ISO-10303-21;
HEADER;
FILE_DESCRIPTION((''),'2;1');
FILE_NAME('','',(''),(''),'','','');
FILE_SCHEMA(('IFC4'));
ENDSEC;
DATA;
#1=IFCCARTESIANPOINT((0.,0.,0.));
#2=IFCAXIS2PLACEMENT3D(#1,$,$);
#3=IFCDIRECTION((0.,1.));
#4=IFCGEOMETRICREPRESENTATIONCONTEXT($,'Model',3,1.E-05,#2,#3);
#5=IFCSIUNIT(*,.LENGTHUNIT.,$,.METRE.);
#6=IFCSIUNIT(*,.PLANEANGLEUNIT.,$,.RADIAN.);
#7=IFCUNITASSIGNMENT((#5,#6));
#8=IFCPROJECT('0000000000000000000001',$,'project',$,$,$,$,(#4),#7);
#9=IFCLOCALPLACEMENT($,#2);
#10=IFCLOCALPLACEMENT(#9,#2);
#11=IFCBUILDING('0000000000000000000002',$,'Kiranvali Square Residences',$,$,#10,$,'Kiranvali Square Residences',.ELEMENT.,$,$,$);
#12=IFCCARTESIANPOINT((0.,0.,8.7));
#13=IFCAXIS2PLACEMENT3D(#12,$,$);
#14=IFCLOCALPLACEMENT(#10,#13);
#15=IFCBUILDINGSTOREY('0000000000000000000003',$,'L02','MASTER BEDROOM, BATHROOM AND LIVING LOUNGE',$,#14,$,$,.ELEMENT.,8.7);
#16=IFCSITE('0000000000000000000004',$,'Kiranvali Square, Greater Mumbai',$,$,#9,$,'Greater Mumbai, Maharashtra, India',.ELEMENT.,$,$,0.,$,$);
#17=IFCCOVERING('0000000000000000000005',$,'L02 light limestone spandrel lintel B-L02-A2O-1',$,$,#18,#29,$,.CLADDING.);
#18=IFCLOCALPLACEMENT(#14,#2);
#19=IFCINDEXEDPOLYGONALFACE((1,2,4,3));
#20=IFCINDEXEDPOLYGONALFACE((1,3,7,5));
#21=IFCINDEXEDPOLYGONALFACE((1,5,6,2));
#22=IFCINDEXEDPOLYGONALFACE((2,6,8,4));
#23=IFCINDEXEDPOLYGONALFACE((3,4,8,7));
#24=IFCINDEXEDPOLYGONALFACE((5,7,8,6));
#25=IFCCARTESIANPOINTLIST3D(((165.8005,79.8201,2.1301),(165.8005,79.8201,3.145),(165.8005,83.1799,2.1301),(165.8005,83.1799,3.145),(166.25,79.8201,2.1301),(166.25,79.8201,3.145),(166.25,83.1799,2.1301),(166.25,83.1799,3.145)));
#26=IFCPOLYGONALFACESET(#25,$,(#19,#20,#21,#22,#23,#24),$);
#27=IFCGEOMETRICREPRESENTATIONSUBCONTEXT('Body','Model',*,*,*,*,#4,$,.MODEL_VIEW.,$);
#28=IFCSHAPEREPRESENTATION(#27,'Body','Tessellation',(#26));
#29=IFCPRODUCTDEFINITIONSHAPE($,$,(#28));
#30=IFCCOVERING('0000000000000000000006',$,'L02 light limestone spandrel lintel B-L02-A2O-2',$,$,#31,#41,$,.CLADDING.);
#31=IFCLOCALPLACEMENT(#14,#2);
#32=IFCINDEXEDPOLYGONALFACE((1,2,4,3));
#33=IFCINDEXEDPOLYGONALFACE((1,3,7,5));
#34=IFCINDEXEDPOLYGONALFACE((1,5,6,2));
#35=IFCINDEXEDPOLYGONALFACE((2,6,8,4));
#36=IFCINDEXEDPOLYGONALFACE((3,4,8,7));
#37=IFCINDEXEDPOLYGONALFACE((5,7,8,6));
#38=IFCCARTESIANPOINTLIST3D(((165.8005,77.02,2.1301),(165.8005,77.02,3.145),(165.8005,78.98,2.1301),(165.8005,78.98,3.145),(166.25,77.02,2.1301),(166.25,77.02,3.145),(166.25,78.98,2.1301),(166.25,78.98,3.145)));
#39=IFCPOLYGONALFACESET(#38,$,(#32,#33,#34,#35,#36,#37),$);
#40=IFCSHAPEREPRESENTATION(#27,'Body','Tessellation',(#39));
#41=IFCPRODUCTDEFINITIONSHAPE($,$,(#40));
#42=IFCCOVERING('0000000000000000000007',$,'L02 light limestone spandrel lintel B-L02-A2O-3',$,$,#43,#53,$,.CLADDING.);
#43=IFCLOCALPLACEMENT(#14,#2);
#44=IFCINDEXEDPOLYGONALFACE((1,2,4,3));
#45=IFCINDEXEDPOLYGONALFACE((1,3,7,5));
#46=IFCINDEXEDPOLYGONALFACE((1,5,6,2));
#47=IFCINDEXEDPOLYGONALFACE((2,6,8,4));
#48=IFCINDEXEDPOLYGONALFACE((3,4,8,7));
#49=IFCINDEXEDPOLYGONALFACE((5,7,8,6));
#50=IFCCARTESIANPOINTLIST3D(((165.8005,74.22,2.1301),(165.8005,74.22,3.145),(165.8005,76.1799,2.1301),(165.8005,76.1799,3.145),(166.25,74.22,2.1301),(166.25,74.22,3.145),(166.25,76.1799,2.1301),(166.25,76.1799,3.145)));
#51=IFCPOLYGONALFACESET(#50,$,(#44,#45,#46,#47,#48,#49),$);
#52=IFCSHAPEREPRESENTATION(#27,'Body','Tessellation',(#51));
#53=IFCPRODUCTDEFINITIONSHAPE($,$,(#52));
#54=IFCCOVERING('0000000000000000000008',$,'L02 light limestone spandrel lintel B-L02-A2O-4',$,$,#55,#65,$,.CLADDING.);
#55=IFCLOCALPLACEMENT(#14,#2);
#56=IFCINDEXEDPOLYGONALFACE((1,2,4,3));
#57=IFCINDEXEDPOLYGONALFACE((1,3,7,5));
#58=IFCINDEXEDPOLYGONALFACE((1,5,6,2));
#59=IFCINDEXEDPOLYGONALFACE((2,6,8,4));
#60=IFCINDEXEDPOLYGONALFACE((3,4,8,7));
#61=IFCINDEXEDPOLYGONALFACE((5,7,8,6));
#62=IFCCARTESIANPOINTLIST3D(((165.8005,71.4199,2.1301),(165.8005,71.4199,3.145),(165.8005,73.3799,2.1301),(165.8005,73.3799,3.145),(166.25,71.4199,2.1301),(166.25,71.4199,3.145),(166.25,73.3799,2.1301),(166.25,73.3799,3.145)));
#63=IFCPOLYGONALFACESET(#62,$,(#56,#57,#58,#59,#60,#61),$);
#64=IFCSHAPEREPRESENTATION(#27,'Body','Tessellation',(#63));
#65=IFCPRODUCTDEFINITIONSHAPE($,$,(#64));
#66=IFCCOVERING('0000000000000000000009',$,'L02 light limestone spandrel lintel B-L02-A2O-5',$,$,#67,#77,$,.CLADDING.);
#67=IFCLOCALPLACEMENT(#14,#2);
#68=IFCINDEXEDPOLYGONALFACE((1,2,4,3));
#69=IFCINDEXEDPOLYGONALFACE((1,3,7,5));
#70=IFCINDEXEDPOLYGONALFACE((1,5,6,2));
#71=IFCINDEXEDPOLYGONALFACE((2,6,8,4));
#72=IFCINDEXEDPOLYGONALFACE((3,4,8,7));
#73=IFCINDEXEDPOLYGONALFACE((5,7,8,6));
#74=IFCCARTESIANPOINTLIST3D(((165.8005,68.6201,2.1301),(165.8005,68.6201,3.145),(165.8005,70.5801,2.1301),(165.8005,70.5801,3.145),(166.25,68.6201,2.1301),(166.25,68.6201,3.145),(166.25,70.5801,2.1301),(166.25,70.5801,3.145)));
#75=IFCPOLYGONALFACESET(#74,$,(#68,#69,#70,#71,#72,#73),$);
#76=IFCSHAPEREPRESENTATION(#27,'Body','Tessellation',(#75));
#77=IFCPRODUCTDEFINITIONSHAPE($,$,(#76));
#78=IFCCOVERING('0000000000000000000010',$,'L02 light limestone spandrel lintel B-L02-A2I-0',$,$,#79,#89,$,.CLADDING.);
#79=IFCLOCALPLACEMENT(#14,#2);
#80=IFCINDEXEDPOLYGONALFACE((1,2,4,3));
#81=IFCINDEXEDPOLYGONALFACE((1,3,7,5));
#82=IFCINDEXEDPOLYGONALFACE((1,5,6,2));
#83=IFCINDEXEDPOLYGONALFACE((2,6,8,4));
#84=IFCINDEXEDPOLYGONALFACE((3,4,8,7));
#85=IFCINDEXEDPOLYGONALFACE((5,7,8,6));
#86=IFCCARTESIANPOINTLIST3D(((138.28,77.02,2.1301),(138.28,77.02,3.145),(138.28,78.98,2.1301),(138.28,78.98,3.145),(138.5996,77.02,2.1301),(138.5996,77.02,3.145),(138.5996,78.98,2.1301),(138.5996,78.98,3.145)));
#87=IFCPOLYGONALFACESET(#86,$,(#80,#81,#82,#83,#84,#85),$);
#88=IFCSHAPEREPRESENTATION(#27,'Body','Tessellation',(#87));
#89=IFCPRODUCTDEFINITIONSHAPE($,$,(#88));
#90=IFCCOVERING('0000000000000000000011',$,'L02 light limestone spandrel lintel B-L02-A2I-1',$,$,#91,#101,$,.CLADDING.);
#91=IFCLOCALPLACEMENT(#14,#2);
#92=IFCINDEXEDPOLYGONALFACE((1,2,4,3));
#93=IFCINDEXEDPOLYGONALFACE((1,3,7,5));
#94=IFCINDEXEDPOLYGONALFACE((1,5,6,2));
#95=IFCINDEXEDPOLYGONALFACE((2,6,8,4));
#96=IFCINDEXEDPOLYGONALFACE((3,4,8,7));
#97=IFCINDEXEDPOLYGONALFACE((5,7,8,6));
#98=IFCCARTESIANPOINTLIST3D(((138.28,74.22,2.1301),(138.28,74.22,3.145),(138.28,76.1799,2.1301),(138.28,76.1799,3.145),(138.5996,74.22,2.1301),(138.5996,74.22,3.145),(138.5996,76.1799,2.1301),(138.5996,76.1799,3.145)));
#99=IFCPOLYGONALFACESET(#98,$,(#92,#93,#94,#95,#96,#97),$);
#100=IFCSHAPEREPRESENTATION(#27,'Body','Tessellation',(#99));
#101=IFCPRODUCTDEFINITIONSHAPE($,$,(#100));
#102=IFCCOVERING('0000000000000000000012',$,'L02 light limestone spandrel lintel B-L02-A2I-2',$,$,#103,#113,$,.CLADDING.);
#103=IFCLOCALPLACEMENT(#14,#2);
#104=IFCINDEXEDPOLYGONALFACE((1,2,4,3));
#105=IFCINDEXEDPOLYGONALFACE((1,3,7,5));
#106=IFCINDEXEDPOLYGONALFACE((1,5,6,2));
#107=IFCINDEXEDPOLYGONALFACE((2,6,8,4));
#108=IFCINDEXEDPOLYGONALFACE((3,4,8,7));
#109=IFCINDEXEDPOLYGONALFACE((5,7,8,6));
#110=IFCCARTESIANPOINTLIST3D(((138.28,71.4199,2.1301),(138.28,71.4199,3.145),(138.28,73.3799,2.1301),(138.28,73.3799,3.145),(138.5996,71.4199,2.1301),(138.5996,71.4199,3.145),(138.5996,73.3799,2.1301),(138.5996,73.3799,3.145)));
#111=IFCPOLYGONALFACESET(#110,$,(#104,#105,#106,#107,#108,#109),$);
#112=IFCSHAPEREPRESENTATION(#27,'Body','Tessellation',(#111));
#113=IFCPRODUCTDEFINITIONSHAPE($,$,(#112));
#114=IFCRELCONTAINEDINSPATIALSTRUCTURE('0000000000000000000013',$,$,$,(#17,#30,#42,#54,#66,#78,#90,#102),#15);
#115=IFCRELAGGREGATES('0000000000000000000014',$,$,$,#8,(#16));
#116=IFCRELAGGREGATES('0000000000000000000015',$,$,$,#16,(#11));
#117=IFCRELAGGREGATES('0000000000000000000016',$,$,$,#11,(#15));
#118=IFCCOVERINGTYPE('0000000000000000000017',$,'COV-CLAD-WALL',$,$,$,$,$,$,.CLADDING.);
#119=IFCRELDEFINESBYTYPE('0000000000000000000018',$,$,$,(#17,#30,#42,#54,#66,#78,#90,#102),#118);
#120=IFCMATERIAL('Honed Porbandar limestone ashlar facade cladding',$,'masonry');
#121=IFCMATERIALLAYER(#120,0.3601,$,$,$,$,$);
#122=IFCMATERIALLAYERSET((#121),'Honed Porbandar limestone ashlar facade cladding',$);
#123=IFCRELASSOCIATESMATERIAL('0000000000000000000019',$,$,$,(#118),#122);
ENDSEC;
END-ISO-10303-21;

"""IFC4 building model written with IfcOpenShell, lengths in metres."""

from ifc_helpers import new_model, si_unit, direction, frame, origin, place, context, subcontext, project, spatial, polyline, outline, extrude, material, layer, layer_set, type_object, element, save


model = new_model("IFC4")

# Units and contexts
model_context = context("Model", 3, precision=1e-05, world=origin(), true_north=direction((0.0, 1.0)))
body_context = subcontext(model_context, "Body", "Model", "MODEL_VIEW")
ifc_project = project(units=[si_unit("LENGTHUNIT", "METRE"), si_unit("PLANEANGLEUNIT", "RADIAN")], contexts=[model_context])

# Site, building, storey
site_placement = place(None, origin())
site = spatial("IfcSite", under=ifc_project, at=site_placement, Name="Kiranvali Square, Greater Mumbai", LongName="Greater Mumbai, Maharashtra, India", CompositionType="ELEMENT", RefElevation=0.0)
building_placement = place(site_placement, origin())
building = spatial("IfcBuilding", under=site, at=building_placement, Name="Kiranvali Square Residences", LongName="Kiranvali Square Residences", CompositionType="ELEMENT")
storey_placement = place(building_placement, frame((0.0, 0.0, 8.7)))
storey = spatial("IfcBuildingStorey", under=building, at=storey_placement, Name="L02", Description="MASTER BEDROOM, BATHROOM AND LIVING LOUNGE", CompositionType="ELEMENT", Elevation=8.7)

# Coverings
ifc_material = material(Name="Honed Porbandar limestone ashlar facade cladding", Category="masonry")
ifc_layer = layer(ifc_material, 0.3601)
ifc_layer_set = layer_set([ifc_layer], Name="Honed Porbandar limestone ashlar facade cladding")
covering_type = type_object("IfcCoveringType", Name="COV-CLAD-WALL", PredefinedType="CLADDING", material=ifc_layer_set)
covering_1_placement = place(storey_placement, frame((0.0, 0.0, 2.1301)))
element("IfcCovering", 1, at=covering_1_placement, inside=storey, type_object=covering_type, Name="L02 light limestone spandrel lintel B-L02-A2O-1", PredefinedType="CLADDING", context=body_context, shape_type="SweptSolid", body=[
    extrude(outline(polyline([(165.8005, 83.1799), (165.8005, 79.8201), (166.25, 79.8201), (166.25, 83.1799), (165.8005, 83.1799)])), origin(), (0.0, 0.0, 1.0), 1.0149),
])
covering_2_placement = place(storey_placement, frame((0.0, 0.0, 2.1301)))
element("IfcCovering", 2, at=covering_2_placement, inside=storey, type_object=covering_type, Name="L02 light limestone spandrel lintel B-L02-A2O-2", PredefinedType="CLADDING", context=body_context, shape_type="SweptSolid", body=[
    extrude(outline(polyline([(165.8005, 78.98), (165.8005, 77.02), (166.25, 77.02), (166.25, 78.98), (165.8005, 78.98)])), origin(), (0.0, 0.0, 1.0), 1.0149),
])
covering_3_placement = place(storey_placement, frame((0.0, 0.0, 2.1301)))
element("IfcCovering", 3, at=covering_3_placement, inside=storey, type_object=covering_type, Name="L02 light limestone spandrel lintel B-L02-A2O-3", PredefinedType="CLADDING", context=body_context, shape_type="SweptSolid", body=[
    extrude(outline(polyline([(165.8005, 76.1799), (165.8005, 74.22), (166.25, 74.22), (166.25, 76.1799), (165.8005, 76.1799)])), origin(), (0.0, 0.0, 1.0), 1.0149),
])
covering_4_placement = place(storey_placement, frame((0.0, 0.0, 2.1301)))
element("IfcCovering", 4, at=covering_4_placement, inside=storey, type_object=covering_type, Name="L02 light limestone spandrel lintel B-L02-A2O-4", PredefinedType="CLADDING", context=body_context, shape_type="SweptSolid", body=[
    extrude(outline(polyline([(165.8005, 73.3799), (165.8005, 71.4199), (166.25, 71.4199), (166.25, 73.3799), (165.8005, 73.3799)])), origin(), (0.0, 0.0, 1.0), 1.0149),
])
covering_5_placement = place(storey_placement, frame((0.0, 0.0, 2.1301)))
element("IfcCovering", 5, at=covering_5_placement, inside=storey, type_object=covering_type, Name="L02 light limestone spandrel lintel B-L02-A2O-5", PredefinedType="CLADDING", context=body_context, shape_type="SweptSolid", body=[
    extrude(outline(polyline([(165.8005, 70.5801), (165.8005, 68.6201), (166.25, 68.6201), (166.25, 70.5801), (165.8005, 70.5801)])), origin(), (0.0, 0.0, 1.0), 1.0149),
])
covering_6_placement = place(storey_placement, frame((0.0, 0.0, 2.1301)))
element("IfcCovering", 6, at=covering_6_placement, inside=storey, type_object=covering_type, Name="L02 light limestone spandrel lintel B-L02-A2I-0", PredefinedType="CLADDING", context=body_context, shape_type="SweptSolid", body=[
    extrude(outline(polyline([(138.28, 78.98), (138.28, 77.02), (138.5996, 77.02), (138.5996, 78.98), (138.28, 78.98)])), origin(), (0.0, 0.0, 1.0), 1.0149),
])
covering_7_placement = place(storey_placement, frame((0.0, 0.0, 2.1301)))
element("IfcCovering", 7, at=covering_7_placement, inside=storey, type_object=covering_type, Name="L02 light limestone spandrel lintel B-L02-A2I-1", PredefinedType="CLADDING", context=body_context, shape_type="SweptSolid", body=[
    extrude(outline(polyline([(138.28, 76.1799), (138.28, 74.22), (138.5996, 74.22), (138.5996, 76.1799), (138.28, 76.1799)])), origin(), (0.0, 0.0, 1.0), 1.0149),
])
covering_8_placement = place(storey_placement, frame((0.0, 0.0, 2.1301)))
element("IfcCovering", 8, at=covering_8_placement, inside=storey, type_object=covering_type, Name="L02 light limestone spandrel lintel B-L02-A2I-2", PredefinedType="CLADDING", context=body_context, shape_type="SweptSolid", body=[
    extrude(outline(polyline([(138.28, 73.3799), (138.28, 71.4199), (138.5996, 71.4199), (138.5996, 73.3799), (138.28, 73.3799)])), origin(), (0.0, 0.0, 1.0), 1.0149),
])

save(model, "model.ifc")
